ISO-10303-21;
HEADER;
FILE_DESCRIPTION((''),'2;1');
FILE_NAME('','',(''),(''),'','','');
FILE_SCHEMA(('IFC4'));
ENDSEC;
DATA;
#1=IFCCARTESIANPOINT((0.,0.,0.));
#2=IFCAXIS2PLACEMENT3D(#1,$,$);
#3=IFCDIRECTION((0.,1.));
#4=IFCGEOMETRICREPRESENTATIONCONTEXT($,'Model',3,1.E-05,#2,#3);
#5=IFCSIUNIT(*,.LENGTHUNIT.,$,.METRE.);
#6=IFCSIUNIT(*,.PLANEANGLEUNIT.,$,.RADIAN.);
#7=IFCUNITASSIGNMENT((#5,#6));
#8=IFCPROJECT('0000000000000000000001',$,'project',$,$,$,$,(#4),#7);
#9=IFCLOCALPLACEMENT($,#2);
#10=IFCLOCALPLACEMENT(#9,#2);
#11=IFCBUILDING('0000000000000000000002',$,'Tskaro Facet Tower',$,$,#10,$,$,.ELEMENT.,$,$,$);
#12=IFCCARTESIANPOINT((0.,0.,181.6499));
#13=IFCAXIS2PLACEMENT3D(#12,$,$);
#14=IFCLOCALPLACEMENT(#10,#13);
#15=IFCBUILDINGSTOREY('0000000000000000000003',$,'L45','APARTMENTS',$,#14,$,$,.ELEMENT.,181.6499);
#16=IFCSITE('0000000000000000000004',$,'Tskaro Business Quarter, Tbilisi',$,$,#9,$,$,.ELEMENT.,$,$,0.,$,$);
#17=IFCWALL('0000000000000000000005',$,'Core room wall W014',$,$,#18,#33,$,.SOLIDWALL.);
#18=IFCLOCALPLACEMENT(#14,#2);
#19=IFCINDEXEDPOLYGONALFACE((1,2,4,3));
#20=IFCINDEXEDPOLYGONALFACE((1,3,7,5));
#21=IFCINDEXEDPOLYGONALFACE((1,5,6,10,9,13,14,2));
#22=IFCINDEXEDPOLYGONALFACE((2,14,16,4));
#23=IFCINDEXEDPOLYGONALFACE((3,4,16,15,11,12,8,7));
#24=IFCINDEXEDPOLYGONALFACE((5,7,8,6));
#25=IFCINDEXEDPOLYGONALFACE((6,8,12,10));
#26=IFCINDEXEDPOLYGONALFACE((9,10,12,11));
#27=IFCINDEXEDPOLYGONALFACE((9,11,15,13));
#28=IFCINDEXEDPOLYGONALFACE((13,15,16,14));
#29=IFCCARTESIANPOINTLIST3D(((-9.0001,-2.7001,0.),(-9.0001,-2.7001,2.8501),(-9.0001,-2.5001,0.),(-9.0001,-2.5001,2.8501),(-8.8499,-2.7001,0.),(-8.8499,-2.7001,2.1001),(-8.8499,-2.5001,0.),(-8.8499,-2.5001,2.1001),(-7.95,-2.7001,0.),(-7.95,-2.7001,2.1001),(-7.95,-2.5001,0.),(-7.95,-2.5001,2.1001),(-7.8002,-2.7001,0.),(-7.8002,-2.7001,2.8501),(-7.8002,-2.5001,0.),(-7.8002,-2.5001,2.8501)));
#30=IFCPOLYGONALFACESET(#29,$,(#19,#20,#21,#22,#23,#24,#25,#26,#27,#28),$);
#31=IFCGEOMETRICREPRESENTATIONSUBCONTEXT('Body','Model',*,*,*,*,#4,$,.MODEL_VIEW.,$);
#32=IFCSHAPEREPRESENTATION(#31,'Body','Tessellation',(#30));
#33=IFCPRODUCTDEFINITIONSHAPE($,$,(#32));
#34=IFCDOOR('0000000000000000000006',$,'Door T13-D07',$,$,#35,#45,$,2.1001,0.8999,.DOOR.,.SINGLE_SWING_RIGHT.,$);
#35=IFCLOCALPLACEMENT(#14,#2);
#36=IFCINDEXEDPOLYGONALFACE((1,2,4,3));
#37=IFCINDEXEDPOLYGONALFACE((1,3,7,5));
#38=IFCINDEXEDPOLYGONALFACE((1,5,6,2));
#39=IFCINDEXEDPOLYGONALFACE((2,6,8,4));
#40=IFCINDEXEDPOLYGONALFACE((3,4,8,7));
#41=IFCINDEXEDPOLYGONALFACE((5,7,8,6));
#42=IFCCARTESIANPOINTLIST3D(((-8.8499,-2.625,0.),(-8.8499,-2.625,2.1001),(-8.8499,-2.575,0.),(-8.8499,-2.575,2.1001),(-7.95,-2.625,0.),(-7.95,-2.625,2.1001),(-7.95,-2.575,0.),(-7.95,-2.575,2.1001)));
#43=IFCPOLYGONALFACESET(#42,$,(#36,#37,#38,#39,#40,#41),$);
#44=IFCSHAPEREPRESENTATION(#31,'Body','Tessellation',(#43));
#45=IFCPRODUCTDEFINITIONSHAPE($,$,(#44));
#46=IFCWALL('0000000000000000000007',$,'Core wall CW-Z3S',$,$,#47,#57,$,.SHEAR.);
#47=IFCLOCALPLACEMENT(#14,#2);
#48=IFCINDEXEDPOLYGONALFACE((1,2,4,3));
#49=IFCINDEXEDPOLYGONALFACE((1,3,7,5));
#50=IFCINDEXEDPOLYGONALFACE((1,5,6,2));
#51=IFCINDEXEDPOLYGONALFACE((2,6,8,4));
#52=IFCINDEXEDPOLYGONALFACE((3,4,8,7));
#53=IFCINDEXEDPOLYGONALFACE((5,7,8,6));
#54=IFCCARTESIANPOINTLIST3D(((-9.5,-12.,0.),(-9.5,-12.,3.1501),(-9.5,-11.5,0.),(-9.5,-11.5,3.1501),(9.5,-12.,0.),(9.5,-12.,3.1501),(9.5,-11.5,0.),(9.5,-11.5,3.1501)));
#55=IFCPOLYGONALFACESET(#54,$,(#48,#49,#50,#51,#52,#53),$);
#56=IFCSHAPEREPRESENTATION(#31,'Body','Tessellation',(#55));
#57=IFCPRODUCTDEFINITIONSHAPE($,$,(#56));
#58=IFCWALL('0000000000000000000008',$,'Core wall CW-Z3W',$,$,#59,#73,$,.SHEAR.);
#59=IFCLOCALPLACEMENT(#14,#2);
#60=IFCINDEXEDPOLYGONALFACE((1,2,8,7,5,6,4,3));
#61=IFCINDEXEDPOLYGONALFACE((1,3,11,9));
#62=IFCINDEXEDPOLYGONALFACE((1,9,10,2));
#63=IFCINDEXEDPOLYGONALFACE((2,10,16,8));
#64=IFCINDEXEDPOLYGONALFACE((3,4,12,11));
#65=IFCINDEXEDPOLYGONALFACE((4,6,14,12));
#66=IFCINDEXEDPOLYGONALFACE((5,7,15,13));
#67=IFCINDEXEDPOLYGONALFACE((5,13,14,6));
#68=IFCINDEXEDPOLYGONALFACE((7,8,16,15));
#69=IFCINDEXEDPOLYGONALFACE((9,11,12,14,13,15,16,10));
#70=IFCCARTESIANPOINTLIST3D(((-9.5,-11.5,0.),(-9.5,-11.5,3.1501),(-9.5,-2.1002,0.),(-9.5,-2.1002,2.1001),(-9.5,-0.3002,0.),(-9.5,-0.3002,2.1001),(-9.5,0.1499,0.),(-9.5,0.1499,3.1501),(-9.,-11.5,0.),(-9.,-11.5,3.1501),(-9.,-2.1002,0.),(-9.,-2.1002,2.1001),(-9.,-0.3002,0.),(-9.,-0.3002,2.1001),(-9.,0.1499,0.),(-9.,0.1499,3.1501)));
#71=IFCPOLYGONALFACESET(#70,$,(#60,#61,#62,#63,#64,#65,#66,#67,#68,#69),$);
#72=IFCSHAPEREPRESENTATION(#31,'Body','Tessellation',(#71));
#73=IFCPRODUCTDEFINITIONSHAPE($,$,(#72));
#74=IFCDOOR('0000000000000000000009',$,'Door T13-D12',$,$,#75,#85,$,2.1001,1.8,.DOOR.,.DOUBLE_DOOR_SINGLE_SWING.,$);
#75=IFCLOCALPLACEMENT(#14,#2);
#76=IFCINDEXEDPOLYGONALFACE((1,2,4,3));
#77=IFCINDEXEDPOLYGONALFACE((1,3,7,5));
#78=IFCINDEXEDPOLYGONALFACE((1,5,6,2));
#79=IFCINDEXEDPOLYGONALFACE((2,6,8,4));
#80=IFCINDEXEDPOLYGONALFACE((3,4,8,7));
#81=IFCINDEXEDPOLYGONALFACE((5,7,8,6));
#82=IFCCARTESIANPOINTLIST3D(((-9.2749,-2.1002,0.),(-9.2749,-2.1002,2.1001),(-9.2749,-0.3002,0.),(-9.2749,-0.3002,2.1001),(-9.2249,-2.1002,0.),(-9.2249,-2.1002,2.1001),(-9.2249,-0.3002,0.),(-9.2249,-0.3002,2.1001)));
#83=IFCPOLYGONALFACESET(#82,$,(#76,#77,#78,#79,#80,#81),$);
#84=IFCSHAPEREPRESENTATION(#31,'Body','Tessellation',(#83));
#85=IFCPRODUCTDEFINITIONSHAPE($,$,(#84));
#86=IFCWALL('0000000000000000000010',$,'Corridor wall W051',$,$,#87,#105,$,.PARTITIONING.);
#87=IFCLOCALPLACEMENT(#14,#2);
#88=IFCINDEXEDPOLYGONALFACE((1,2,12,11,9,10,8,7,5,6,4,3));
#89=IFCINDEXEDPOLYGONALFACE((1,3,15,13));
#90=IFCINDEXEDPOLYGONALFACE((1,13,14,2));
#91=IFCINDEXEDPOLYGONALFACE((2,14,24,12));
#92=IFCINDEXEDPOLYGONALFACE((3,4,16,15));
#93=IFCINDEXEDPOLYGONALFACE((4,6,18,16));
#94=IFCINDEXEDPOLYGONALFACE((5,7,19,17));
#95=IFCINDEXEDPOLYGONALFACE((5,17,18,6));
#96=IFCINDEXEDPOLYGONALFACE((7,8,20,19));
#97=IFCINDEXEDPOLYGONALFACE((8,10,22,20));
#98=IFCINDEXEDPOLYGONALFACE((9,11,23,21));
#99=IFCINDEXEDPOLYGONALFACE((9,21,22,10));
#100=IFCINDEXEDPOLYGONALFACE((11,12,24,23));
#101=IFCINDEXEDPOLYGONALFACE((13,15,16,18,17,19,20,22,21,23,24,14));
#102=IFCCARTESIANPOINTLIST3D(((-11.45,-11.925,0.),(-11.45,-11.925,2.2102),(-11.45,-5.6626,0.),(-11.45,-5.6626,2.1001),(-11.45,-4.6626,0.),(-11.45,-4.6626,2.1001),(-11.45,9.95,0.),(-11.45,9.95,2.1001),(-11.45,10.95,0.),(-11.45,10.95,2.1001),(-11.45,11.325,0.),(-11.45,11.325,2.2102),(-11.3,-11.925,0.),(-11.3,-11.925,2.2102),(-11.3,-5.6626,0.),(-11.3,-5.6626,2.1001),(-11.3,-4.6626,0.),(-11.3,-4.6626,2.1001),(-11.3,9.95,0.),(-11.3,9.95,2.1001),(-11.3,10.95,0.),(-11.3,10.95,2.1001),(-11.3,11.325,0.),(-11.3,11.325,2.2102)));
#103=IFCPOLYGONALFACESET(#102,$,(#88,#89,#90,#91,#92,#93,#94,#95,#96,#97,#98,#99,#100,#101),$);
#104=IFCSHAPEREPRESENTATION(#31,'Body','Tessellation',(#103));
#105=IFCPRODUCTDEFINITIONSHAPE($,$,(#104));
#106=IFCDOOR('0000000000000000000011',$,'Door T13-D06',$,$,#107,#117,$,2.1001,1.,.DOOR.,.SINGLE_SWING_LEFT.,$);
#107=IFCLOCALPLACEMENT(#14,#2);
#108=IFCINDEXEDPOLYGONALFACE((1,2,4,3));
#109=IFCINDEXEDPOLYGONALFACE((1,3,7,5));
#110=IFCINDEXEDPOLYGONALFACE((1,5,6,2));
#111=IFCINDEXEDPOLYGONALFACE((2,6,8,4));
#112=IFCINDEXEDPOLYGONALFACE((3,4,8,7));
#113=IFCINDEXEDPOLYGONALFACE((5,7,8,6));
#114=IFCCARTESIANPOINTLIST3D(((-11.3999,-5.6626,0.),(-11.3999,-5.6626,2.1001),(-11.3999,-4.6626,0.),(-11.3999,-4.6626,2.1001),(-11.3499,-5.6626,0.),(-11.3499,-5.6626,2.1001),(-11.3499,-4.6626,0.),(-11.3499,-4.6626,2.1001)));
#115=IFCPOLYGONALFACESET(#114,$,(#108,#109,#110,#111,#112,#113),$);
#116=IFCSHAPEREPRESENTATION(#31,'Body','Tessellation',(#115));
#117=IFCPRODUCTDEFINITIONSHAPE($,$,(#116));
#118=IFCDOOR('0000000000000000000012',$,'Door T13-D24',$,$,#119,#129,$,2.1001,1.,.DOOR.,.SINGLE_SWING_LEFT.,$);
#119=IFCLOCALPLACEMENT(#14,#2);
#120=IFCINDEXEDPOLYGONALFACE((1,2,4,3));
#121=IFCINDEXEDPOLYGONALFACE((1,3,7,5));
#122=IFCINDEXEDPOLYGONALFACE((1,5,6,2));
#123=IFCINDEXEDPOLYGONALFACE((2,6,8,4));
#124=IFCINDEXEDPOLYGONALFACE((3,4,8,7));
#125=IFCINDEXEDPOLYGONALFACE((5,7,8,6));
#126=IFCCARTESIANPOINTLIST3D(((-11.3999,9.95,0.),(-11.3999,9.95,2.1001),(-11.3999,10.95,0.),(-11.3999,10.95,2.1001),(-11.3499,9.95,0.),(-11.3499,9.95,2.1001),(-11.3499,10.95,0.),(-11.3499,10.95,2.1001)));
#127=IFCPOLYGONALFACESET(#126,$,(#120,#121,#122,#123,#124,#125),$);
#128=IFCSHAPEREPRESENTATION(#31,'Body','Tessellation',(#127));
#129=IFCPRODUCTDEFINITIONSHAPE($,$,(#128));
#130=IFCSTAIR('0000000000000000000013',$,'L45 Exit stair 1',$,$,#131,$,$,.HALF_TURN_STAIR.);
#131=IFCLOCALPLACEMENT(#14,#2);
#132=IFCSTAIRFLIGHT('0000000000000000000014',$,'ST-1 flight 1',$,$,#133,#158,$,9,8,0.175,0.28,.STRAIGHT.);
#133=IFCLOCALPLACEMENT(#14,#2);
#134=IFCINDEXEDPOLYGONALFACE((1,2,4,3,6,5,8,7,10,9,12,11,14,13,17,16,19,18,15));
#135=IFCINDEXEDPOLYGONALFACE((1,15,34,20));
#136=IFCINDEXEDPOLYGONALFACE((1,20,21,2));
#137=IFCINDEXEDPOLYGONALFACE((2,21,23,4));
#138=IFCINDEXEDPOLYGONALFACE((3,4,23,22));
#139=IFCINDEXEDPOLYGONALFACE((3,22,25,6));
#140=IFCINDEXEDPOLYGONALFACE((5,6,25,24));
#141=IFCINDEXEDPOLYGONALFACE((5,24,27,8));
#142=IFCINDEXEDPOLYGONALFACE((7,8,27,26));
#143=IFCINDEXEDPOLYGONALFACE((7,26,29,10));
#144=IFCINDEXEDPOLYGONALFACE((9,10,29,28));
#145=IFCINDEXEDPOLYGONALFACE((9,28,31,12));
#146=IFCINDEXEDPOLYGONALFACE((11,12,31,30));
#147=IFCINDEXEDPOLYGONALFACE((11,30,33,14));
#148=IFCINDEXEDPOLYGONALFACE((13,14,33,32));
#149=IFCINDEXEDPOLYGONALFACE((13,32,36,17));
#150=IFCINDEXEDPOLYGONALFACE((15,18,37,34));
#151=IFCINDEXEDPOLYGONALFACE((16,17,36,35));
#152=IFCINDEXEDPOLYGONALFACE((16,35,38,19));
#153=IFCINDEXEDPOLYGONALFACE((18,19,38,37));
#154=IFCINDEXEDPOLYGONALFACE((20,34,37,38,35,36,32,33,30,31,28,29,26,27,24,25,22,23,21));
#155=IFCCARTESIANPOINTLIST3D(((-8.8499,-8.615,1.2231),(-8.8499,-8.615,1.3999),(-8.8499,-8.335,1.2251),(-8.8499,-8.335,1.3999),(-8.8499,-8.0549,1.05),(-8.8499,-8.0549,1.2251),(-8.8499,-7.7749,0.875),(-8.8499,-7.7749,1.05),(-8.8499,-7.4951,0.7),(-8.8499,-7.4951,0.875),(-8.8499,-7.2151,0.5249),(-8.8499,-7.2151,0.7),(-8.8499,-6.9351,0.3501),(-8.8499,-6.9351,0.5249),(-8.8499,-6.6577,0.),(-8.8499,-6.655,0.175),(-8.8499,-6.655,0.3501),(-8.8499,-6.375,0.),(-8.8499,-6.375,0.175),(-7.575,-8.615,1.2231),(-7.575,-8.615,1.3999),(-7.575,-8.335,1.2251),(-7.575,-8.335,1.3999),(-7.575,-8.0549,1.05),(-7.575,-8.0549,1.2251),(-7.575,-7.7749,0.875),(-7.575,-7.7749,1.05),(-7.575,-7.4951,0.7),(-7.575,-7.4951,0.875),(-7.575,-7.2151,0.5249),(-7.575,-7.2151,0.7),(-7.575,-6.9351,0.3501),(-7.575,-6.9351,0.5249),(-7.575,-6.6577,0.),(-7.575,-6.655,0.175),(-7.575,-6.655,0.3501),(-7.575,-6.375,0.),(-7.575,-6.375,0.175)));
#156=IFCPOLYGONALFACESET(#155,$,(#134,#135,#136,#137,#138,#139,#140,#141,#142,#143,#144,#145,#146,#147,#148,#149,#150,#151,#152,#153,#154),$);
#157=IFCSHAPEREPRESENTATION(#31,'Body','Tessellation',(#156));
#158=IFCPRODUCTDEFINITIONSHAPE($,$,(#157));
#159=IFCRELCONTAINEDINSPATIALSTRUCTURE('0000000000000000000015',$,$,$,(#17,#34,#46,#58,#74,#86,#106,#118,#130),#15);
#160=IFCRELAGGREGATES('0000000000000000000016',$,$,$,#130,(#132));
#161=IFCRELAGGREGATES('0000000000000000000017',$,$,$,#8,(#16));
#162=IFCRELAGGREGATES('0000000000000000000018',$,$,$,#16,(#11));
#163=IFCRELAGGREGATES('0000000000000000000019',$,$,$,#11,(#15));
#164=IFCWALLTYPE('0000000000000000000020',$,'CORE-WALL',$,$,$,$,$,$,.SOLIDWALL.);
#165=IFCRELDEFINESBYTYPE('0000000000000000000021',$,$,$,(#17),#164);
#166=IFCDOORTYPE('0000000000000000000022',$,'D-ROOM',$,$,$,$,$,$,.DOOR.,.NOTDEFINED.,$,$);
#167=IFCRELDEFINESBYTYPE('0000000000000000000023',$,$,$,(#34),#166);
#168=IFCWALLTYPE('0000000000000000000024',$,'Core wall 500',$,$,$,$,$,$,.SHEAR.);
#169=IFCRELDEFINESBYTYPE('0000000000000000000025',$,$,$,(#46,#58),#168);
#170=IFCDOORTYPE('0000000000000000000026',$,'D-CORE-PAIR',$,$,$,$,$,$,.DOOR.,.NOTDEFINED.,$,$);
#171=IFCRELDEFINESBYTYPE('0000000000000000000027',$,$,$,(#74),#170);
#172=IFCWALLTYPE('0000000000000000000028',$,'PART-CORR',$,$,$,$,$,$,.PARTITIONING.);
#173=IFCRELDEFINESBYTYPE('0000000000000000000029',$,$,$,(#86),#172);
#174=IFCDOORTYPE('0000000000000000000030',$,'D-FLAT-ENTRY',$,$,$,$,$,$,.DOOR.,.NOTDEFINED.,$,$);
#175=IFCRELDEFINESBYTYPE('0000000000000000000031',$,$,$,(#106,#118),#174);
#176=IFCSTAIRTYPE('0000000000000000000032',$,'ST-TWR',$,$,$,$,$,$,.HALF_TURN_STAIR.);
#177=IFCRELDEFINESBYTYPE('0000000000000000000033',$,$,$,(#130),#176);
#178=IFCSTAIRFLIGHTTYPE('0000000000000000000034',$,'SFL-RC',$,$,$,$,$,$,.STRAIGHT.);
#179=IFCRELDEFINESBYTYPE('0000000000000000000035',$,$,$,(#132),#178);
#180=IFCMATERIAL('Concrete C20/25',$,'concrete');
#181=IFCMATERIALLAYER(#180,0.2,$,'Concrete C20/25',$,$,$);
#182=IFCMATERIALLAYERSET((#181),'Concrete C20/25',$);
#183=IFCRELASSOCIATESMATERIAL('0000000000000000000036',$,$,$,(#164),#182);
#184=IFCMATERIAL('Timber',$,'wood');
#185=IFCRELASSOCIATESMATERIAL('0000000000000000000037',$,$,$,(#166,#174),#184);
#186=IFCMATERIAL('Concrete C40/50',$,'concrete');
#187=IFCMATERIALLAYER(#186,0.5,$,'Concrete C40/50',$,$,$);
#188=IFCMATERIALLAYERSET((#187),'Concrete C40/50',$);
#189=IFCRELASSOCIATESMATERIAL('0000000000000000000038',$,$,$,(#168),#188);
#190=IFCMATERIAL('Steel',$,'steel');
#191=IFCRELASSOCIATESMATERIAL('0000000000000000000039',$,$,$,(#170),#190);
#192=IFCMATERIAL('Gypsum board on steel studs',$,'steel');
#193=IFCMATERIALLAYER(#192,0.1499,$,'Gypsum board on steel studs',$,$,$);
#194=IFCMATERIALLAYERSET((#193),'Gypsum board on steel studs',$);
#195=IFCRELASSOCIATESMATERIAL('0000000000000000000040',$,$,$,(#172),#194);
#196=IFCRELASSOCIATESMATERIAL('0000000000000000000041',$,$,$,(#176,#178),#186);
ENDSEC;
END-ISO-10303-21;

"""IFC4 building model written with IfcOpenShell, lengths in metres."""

from ifc_helpers import new_model, si_unit, direction, frame, frame_2d, origin, place, context, subcontext, project, spatial, polyline, rectangle, outline, extrude, material, layer, layer_set, type_object, element, fill, aggregate, save


model = new_model("IFC4")

# Units and contexts
model_context = context("Model", 3, precision=1e-05, world=origin(), true_north=direction((0.0, 1.0)))
body_context = subcontext(model_context, "Body", "Model", "MODEL_VIEW")
ifc_project = project(units=[si_unit("LENGTHUNIT", "METRE"), si_unit("PLANEANGLEUNIT", "RADIAN")], contexts=[model_context])

# Site, building, storey
site_placement = place(None, origin())
site = spatial("IfcSite", under=ifc_project, at=site_placement, Name="Tskaro Business Quarter, Tbilisi", CompositionType="ELEMENT", RefElevation=0.0)
building_placement = place(site_placement, origin())
building = spatial("IfcBuilding", under=site, at=building_placement, Name="Tskaro Facet Tower", CompositionType="ELEMENT")
storey_placement = place(building_placement, frame((0.0, 0.0, 181.6499)))
storey = spatial("IfcBuildingStorey", under=building, at=storey_placement, Name="L45", Description="APARTMENTS", CompositionType="ELEMENT", Elevation=181.6499)

# Wall, opening, door
ifc_material_1 = material(Name="Concrete C20/25", Category="concrete")
ifc_layer_1 = layer(ifc_material_1, 0.2, Name="Concrete C20/25")
ifc_layer_set_1 = layer_set([ifc_layer_1], Name="Concrete C20/25")
wall_type_1 = type_object("IfcWallType", Name="CORE-WALL", PredefinedType="SOLIDWALL", material=ifc_layer_set_1)
wall_1_placement = place(storey_placement, frame((-7.8, -2.6001, 0.0), z_axis=(0.0, 0.0, 1.0), x_axis=(-1.0, 0.0, 0.0)))
wall_1 = element("IfcWall", 1, at=wall_1_placement, inside=storey, type_object=wall_type_1, Name="Core room wall W014", PredefinedType="SOLIDWALL", context=body_context, shape_type="SweptSolid", body=[
    extrude(rectangle(XDim=1.2, YDim=0.2, at=frame_2d((0.6001, 0.0))), origin(), (0.0, 0.0, 1.0), 2.8501),
])
opening_1_placement = place(wall_1_placement, frame((0.1499, 0.0, 0.0)))
opening_1 = element("IfcOpeningElement", 2, at=opening_1_placement, cuts=wall_1, PredefinedType="OPENING", context=body_context, shape_type="SweptSolid", body=[
    extrude(rectangle(XDim=0.8999, YDim=2.1001, at=frame_2d((0.45, 1.05))), frame((0.0, 0.1099, 0.0), z_axis=(0.0, -1.0, 0.0), x_axis=(1.0, 0.0, 0.0)), (0.0, 0.0, 1.0), 0.22),
])
ifc_material_2 = material(Name="Timber", Category="wood")
door_type_1 = type_object("IfcDoorType", Name="D-ROOM", OperationType="NOTDEFINED", PredefinedType="DOOR", material=ifc_material_2)
door_1_placement = place(opening_1_placement, origin())
door_1 = element("IfcDoor", 3, at=door_1_placement, inside=storey, type_object=door_type_1, Name="Door T13-D07", OperationType="SINGLE_SWING_RIGHT", OverallHeight=2.1001, OverallWidth=0.8999, PredefinedType="DOOR", context=body_context, shape_type="SweptSolid", body=[
    extrude(rectangle(XDim=0.8999, YDim=2.1001, at=frame_2d((0.45, 1.05))), frame((0.0, 0.0249, 0.0), z_axis=(0.0, -1.0, 0.0), x_axis=(1.0, 0.0, 0.0)), (0.0, 0.0, 1.0), 0.05),
])
fill(opening_1, door_1)

# Wall
ifc_material_3 = material(Name="Concrete C40/50", Category="concrete")
ifc_layer_2 = layer(ifc_material_3, 0.5, Name="Concrete C40/50")
ifc_layer_set_2 = layer_set([ifc_layer_2], Name="Concrete C40/50")
wall_type_2 = type_object("IfcWallType", Name="Core wall 500", PredefinedType="SHEAR", material=ifc_layer_set_2)
wall_2_placement = place(storey_placement, frame((-9.5, -11.75, 0.0), z_axis=(0.0, 0.0, 1.0), x_axis=(1.0, 0.0, 0.0)))
element("IfcWall", 4, at=wall_2_placement, inside=storey, type_object=wall_type_2, Name="Core wall CW-Z3S", PredefinedType="SHEAR", context=body_context, shape_type="SweptSolid", body=[
    extrude(rectangle(XDim=19.0, YDim=0.5, at=frame_2d((9.5, 0.0))), origin(), (0.0, 0.0, 1.0), 3.1501),
])

# Wall, opening, door
wall_3_placement = place(storey_placement, frame((-9.25, -11.5, 0.0), z_axis=(0.0, 0.0, 1.0), x_axis=(0.0, 1.0, 0.0)))
wall_3 = element("IfcWall", 5, at=wall_3_placement, inside=storey, type_object=wall_type_2, Name="Core wall CW-Z3W", PredefinedType="SHEAR", context=body_context, shape_type="SweptSolid", body=[
    extrude(rectangle(XDim=11.6499, YDim=0.5, at=frame_2d((5.825, 0.0))), origin(), (0.0, 0.0, 1.0), 3.1501),
])
opening_2_placement = place(wall_3_placement, frame((9.3999, 0.0, 0.0)))
opening_2 = element("IfcOpeningElement", 6, at=opening_2_placement, cuts=wall_3, PredefinedType="OPENING", context=body_context, shape_type="SweptSolid", body=[
    extrude(rectangle(XDim=1.8, YDim=2.1001, at=frame_2d((0.8999, 1.05))), frame((0.0, 0.26, 0.0), z_axis=(0.0, -1.0, 0.0), x_axis=(1.0, 0.0, 0.0)), (0.0, 0.0, 1.0), 0.52),
])
ifc_material_4 = material(Name="Steel", Category="steel")
door_type_2 = type_object("IfcDoorType", Name="D-CORE-PAIR", OperationType="NOTDEFINED", PredefinedType="DOOR", material=ifc_material_4)
door_2_placement = place(opening_2_placement, origin())
door_2 = element("IfcDoor", 7, at=door_2_placement, inside=storey, type_object=door_type_2, Name="Door T13-D12", OperationType="DOUBLE_DOOR_SINGLE_SWING", OverallHeight=2.1001, OverallWidth=1.8, PredefinedType="DOOR", context=body_context, shape_type="SweptSolid", body=[
    extrude(rectangle(XDim=1.8, YDim=2.1001, at=frame_2d((0.8999, 1.05))), frame((0.0, 0.0249, 0.0), z_axis=(0.0, -1.0, 0.0), x_axis=(1.0, 0.0, 0.0)), (0.0, 0.0, 1.0), 0.05),
])
fill(opening_2, door_2)

# Wall, openings, doors
ifc_material_5 = material(Name="Gypsum board on steel studs", Category="steel")
ifc_layer_3 = layer(ifc_material_5, 0.1499, Name="Gypsum board on steel studs")
ifc_layer_set_3 = layer_set([ifc_layer_3], Name="Gypsum board on steel studs")
wall_type_3 = type_object("IfcWallType", Name="PART-CORR", PredefinedType="PARTITIONING", material=ifc_layer_set_3)
wall_4_placement = place(storey_placement, frame((-11.375, -11.925, 0.0), z_axis=(0.0, 0.0, 1.0), x_axis=(0.0, 1.0, 0.0)))
wall_4 = element("IfcWall", 8, at=wall_4_placement, inside=storey, type_object=wall_type_3, Name="Corridor wall W051", PredefinedType="PARTITIONING", context=body_context, shape_type="SweptSolid", body=[
    extrude(rectangle(XDim=23.25, YDim=0.1499, at=frame_2d((11.625, 0.0))), origin(), (0.0, 0.0, 1.0), 2.2102),
])
opening_3_placement = place(wall_4_placement, frame((6.2625, 0.0, 0.0)))
opening_3 = element("IfcOpeningElement", 9, at=opening_3_placement, cuts=wall_4, PredefinedType="OPENING", context=body_context, shape_type="SweptSolid", body=[
    extrude(rectangle(XDim=1.0, YDim=2.1001, at=frame_2d((0.5, 1.05))), frame((0.0, 0.085, 0.0), z_axis=(0.0, -1.0, 0.0), x_axis=(1.0, 0.0, 0.0)), (0.0, 0.0, 1.0), 0.1699),
])
opening_4_placement = place(wall_4_placement, frame((21.875, 0.0, 0.0)))
opening_4 = element("IfcOpeningElement", 10, at=opening_4_placement, cuts=wall_4, PredefinedType="OPENING", context=body_context, shape_type="SweptSolid", body=[
    extrude(rectangle(XDim=1.0, YDim=2.1001, at=frame_2d((0.5, 1.05))), frame((0.0, 0.085, 0.0), z_axis=(0.0, -1.0, 0.0), x_axis=(1.0, 0.0, 0.0)), (0.0, 0.0, 1.0), 0.1699),
])
door_type_3 = type_object("IfcDoorType", Name="D-FLAT-ENTRY", OperationType="NOTDEFINED", PredefinedType="DOOR", material=ifc_material_2)
door_3_placement = place(opening_3_placement, origin())
door_3 = element("IfcDoor", 11, at=door_3_placement, inside=storey, type_object=door_type_3, Name="Door T13-D06", OperationType="SINGLE_SWING_LEFT", OverallHeight=2.1001, OverallWidth=1.0, PredefinedType="DOOR", context=body_context, shape_type="SweptSolid", body=[
    extrude(rectangle(XDim=1.0, YDim=2.1001, at=frame_2d((0.5, 1.05))), frame((0.0, 0.0249, 0.0), z_axis=(0.0, -1.0, 0.0), x_axis=(1.0, 0.0, 0.0)), (0.0, 0.0, 1.0), 0.05),
])
fill(opening_3, door_3)
door_4_placement = place(opening_4_placement, origin())
door_4 = element("IfcDoor", 12, at=door_4_placement, inside=storey, type_object=door_type_3, Name="Door T13-D24", OperationType="SINGLE_SWING_LEFT", OverallHeight=2.1001, OverallWidth=1.0, PredefinedType="DOOR", context=body_context, shape_type="SweptSolid", body=[
    extrude(rectangle(XDim=1.0, YDim=2.1001, at=frame_2d((0.5, 1.05))), frame((0.0, 0.0249, 0.0), z_axis=(0.0, -1.0, 0.0), x_axis=(1.0, 0.0, 0.0)), (0.0, 0.0, 1.0), 0.05),
])
fill(opening_4, door_4)

# Stair, stair flight
stair_type = type_object("IfcStairType", Name="ST-TWR", PredefinedType="HALF_TURN_STAIR", material=ifc_material_3)
stair_placement = place(storey_placement, origin())
stair = element("IfcStair", 13, at=stair_placement, inside=storey, type_object=stair_type, Name="L45 Exit stair 1", PredefinedType="HALF_TURN_STAIR")
stair_flight_type = type_object("IfcStairFlightType", Name="SFL-RC", PredefinedType="STRAIGHT", material=ifc_material_3)
stair_flight_placement = place(storey_placement, frame((-8.2124, -6.375, 0.0), z_axis=(0.0, 0.0, 1.0), x_axis=(0.0, -1.0, 0.0)))
stair_flight = element("IfcStairFlight", 14, at=stair_flight_placement, type_object=stair_flight_type, Name="ST-1 flight 1", NumberOfRisers=9, NumberOfTreads=8, PredefinedType="STRAIGHT", RiserHeight=0.175, TreadLength=0.28, context=body_context, shape_type="SweptSolid", body=[
    extrude(outline(polyline([(0.0, 0.0), (0.0, 0.175), (0.28, 0.175), (0.28, 0.3501), (0.5601, 0.3501), (0.5601, 0.5249), (0.8401, 0.5249), (0.8401, 0.7), (1.1201, 0.7), (1.1201, 0.875), (1.3999, 0.875), (1.3999, 1.05), (1.6799, 1.05), (1.6799, 1.2251), (1.96, 1.2251), (1.96, 1.3999), (2.24, 1.3999), (2.24, 1.575), (2.24, 1.2231), (0.2827, 0.0), (0.0, 0.0)])), frame((0.0, 0.6375, 0.0), z_axis=(0.0, -1.0, 0.0), x_axis=(1.0, 0.0, 0.0)), (0.0, 0.0, 1.0), 1.2749),
])
aggregate(stair, [stair_flight])

save(model, "model.ifc")
